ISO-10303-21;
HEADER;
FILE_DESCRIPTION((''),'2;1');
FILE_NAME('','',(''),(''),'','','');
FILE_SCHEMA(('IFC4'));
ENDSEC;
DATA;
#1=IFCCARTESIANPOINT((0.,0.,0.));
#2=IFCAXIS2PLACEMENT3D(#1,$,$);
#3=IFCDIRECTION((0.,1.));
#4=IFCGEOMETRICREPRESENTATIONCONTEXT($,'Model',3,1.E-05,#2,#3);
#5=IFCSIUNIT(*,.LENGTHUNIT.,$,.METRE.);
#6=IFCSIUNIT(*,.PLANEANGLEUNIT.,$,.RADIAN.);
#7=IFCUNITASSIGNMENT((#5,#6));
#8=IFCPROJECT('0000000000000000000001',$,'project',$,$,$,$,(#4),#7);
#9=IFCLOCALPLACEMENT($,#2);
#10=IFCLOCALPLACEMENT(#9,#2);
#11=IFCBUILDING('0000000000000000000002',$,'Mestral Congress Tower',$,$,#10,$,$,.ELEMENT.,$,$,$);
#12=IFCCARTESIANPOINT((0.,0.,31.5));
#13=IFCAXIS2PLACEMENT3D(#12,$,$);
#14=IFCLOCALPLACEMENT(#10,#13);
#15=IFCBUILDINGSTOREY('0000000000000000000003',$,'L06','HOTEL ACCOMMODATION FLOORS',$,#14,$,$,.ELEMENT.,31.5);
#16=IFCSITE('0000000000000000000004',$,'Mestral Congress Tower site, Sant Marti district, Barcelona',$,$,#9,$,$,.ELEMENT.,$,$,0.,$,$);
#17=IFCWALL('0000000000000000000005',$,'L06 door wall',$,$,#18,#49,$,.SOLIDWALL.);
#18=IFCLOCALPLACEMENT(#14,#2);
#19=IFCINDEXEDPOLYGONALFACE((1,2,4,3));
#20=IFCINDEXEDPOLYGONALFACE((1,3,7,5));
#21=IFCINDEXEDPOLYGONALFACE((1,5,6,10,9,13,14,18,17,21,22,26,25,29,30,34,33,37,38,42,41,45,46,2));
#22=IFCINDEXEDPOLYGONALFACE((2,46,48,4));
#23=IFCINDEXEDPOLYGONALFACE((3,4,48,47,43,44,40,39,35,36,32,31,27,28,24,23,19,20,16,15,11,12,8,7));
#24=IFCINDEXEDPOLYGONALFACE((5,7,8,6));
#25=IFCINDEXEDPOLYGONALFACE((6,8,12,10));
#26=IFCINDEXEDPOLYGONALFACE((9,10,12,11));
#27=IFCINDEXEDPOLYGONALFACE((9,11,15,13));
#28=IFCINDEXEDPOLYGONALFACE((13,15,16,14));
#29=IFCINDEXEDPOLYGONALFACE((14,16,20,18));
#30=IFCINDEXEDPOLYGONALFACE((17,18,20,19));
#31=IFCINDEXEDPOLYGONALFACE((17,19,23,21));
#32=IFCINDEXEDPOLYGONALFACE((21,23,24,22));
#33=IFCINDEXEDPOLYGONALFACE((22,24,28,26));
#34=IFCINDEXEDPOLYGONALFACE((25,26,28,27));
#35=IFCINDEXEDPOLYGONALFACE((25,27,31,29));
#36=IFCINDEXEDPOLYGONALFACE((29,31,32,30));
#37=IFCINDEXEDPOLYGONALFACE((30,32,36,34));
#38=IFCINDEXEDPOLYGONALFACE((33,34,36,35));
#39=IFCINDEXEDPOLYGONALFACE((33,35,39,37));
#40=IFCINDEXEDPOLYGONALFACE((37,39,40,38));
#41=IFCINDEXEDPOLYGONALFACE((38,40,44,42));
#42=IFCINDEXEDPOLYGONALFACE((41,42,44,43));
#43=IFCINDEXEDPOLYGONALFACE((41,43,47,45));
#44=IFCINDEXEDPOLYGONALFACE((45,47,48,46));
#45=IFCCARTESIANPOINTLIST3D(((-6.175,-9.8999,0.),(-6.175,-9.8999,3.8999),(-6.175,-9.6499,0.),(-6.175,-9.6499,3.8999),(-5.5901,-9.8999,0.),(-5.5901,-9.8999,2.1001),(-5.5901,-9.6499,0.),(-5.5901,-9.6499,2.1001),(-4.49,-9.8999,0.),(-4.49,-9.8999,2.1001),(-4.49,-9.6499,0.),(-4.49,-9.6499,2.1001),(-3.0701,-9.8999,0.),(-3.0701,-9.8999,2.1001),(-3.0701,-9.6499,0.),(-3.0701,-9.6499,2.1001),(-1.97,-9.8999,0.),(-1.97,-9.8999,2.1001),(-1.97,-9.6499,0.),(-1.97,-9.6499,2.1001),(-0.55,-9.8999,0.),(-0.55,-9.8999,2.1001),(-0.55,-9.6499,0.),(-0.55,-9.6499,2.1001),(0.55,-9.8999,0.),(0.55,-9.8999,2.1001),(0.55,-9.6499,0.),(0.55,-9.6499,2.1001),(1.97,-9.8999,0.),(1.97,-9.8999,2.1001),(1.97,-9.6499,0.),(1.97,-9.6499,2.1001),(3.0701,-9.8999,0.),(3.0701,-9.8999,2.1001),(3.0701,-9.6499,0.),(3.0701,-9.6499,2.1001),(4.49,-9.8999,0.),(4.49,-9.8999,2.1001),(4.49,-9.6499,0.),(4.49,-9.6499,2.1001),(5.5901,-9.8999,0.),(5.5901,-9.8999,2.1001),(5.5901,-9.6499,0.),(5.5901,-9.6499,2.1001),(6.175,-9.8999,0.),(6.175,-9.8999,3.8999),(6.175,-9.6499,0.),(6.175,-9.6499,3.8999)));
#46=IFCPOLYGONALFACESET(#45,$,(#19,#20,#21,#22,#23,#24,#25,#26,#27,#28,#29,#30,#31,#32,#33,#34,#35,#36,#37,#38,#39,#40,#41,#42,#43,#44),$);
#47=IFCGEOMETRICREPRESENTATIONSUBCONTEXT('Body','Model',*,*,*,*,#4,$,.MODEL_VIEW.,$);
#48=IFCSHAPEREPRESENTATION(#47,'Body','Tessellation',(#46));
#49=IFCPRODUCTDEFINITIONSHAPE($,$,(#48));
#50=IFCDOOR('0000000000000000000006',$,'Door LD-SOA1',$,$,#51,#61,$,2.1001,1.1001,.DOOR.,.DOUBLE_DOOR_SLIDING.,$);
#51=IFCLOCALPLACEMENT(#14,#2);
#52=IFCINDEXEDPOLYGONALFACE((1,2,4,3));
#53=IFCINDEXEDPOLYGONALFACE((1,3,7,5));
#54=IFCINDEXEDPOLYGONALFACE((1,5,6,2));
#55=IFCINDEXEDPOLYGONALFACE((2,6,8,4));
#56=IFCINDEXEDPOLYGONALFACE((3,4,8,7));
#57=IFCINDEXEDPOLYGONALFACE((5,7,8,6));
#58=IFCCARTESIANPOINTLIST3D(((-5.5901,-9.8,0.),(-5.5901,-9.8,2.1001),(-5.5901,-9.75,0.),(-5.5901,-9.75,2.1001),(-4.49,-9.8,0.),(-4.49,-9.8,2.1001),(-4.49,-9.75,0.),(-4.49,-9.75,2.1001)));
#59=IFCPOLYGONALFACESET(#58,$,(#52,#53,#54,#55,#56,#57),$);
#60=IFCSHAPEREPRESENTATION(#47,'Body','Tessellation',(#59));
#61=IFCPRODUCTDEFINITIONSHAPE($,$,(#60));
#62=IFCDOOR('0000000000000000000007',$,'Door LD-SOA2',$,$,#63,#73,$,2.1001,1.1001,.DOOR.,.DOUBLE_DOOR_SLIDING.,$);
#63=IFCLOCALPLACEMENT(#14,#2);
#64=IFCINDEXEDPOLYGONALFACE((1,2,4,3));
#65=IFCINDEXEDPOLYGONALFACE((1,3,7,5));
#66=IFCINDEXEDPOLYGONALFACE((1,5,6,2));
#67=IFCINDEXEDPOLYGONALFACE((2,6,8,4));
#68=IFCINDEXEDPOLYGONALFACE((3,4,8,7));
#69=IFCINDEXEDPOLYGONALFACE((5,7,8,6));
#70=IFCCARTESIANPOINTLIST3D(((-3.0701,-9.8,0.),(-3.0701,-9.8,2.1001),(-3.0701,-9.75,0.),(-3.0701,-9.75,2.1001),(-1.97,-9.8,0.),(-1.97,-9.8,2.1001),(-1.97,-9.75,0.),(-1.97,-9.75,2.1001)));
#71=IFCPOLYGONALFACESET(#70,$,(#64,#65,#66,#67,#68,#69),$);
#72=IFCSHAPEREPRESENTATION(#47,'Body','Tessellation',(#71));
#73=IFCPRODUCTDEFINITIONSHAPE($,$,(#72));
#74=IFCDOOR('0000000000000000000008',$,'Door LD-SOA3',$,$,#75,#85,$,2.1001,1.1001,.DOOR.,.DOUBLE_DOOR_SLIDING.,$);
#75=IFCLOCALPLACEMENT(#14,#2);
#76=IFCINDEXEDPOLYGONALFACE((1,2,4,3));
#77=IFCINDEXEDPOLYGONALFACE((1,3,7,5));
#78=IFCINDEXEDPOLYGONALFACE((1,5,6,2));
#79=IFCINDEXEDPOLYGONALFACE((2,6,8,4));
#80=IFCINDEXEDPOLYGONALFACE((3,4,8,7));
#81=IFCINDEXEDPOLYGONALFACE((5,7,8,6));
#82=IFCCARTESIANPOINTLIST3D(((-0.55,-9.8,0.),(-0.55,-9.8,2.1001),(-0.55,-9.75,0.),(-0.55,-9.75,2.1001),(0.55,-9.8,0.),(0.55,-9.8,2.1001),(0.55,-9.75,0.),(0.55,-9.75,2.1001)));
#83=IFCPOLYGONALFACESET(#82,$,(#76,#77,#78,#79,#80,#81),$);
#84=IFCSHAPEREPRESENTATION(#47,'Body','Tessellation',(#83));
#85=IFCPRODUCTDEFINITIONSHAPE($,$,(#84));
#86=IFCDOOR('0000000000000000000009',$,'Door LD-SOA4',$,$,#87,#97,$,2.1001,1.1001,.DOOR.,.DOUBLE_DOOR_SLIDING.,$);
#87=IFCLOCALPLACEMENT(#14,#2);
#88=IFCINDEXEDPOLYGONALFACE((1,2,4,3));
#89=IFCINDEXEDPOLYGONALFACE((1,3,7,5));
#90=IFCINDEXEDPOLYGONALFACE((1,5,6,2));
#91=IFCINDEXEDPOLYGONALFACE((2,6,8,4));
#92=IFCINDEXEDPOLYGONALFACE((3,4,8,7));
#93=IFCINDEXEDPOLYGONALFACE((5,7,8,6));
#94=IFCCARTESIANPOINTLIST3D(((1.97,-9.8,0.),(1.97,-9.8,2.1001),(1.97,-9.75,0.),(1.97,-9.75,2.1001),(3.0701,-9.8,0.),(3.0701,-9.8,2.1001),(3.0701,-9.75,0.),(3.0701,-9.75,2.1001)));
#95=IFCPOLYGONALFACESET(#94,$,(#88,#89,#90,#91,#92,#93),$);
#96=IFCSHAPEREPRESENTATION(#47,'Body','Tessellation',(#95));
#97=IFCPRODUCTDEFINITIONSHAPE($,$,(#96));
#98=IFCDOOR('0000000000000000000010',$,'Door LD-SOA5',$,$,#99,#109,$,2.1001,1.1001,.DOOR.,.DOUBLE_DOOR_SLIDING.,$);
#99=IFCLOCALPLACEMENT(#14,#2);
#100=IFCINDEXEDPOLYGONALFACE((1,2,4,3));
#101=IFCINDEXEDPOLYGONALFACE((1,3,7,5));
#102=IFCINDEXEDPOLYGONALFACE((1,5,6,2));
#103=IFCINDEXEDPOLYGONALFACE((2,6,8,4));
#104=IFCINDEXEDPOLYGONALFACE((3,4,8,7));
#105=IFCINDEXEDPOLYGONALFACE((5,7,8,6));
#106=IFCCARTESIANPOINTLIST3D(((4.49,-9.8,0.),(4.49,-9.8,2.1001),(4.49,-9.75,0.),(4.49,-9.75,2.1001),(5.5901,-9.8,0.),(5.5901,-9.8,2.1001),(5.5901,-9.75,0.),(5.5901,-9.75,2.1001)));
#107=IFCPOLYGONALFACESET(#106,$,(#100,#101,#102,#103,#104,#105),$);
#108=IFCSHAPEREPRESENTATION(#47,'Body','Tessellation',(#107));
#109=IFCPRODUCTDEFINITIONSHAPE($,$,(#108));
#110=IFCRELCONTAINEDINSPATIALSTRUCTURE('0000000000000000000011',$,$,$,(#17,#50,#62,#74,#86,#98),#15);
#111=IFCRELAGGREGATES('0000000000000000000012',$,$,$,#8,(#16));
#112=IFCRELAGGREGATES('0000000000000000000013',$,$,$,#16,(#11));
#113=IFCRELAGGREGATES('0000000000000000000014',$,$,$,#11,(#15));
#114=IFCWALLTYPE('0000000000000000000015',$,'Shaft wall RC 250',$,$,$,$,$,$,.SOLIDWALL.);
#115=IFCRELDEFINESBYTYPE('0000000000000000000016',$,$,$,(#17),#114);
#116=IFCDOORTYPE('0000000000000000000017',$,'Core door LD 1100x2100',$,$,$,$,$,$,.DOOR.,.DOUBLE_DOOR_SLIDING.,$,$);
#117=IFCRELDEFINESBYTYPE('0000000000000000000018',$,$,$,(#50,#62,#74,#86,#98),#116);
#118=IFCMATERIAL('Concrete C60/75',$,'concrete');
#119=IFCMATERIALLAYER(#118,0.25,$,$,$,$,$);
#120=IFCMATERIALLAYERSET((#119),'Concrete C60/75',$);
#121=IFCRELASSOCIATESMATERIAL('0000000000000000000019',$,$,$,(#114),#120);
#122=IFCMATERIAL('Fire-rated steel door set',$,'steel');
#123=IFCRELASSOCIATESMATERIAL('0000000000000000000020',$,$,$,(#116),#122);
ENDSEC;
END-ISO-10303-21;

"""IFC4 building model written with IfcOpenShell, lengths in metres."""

from ifc_helpers import new_model, si_unit, direction, frame, frame_2d, origin, place, context, subcontext, project, spatial, rectangle, extrude, material, layer, layer_set, type_object, element, fill, save


model = new_model("IFC4")

# Units and contexts
model_context = context("Model", 3, precision=1e-05, world=origin(), true_north=direction((0.0, 1.0)))
body_context = subcontext(model_context, "Body", "Model", "MODEL_VIEW")
ifc_project = project(units=[si_unit("LENGTHUNIT", "METRE"), si_unit("PLANEANGLEUNIT", "RADIAN")], contexts=[model_context])

# Site, building, storey
site_placement = place(None, origin())
site = spatial("IfcSite", under=ifc_project, at=site_placement, Name="Mestral Congress Tower site, Sant Marti district, Barcelona", CompositionType="ELEMENT", RefElevation=0.0)
building_placement = place(site_placement, origin())
building = spatial("IfcBuilding", under=site, at=building_placement, Name="Mestral Congress Tower", CompositionType="ELEMENT")
storey_placement = place(building_placement, frame((0.0, 0.0, 31.5)))
storey = spatial("IfcBuildingStorey", under=building, at=storey_placement, Name="L06", Description="HOTEL ACCOMMODATION FLOORS", CompositionType="ELEMENT", Elevation=31.5)

# Shared definitions
ifc_material_1 = material(Name="Fire-rated steel door set", Category="steel")

# Shared definitions
ifc_material_2 = material(Name="Concrete C60/75", Category="concrete")
ifc_layer_1 = layer(ifc_material_2, 0.25)
ifc_layer_set_1 = layer_set([ifc_layer_1], Name="Concrete C60/75")
wall_type_1 = type_object("IfcWallType", Name="Shaft wall RC 250", PredefinedType="SOLIDWALL", material=ifc_layer_set_1)

# Wall, openings, doors
wall_1_placement = place(storey_placement, frame((-6.175, -9.7749, 0.0), z_axis=(0.0, 0.0, 1.0), x_axis=(1.0, 0.0, 0.0)))
wall_1 = element("IfcWall", 1, at=wall_1_placement, inside=storey, type_object=wall_type_1, Name="L06 door wall", PredefinedType="SOLIDWALL", context=body_context, shape_type="SweptSolid", body=[
    extrude(rectangle(XDim=12.3501, YDim=0.25, at=frame_2d((6.175, 0.0))), origin(), (0.0, 0.0, 1.0), 3.8999),
])
opening_1_placement = place(wall_1_placement, frame((0.585, 0.0, 0.0)))
opening_1 = element("IfcOpeningElement", 2, at=opening_1_placement, cuts=wall_1, PredefinedType="OPENING", context=body_context, shape_type="SweptSolid", body=[
    extrude(rectangle(XDim=1.1001, YDim=2.1001, at=frame_2d((0.55, 1.05))), frame((0.0, 0.135, 0.0), z_axis=(0.0, -1.0, 0.0), x_axis=(1.0, 0.0, 0.0)), (0.0, 0.0, 1.0), 0.27),
])
opening_2_placement = place(wall_1_placement, frame((3.105, 0.0, 0.0)))
opening_2 = element("IfcOpeningElement", 3, at=opening_2_placement, cuts=wall_1, PredefinedType="OPENING", context=body_context, shape_type="SweptSolid", body=[
    extrude(rectangle(XDim=1.1001, YDim=2.1001, at=frame_2d((0.55, 1.05))), frame((0.0, 0.135, 0.0), z_axis=(0.0, -1.0, 0.0), x_axis=(1.0, 0.0, 0.0)), (0.0, 0.0, 1.0), 0.27),
])
opening_3_placement = place(wall_1_placement, frame((5.625, 0.0, 0.0)))
opening_3 = element("IfcOpeningElement", 4, at=opening_3_placement, cuts=wall_1, PredefinedType="OPENING", context=body_context, shape_type="SweptSolid", body=[
    extrude(rectangle(XDim=1.1001, YDim=2.1001, at=frame_2d((0.55, 1.05))), frame((0.0, 0.135, 0.0), z_axis=(0.0, -1.0, 0.0), x_axis=(1.0, 0.0, 0.0)), (0.0, 0.0, 1.0), 0.27),
])
opening_4_placement = place(wall_1_placement, frame((8.145, 0.0, 0.0)))
opening_4 = element("IfcOpeningElement", 5, at=opening_4_placement, cuts=wall_1, PredefinedType="OPENING", context=body_context, shape_type="SweptSolid", body=[
    extrude(rectangle(XDim=1.1001, YDim=2.1001, at=frame_2d((0.55, 1.05))), frame((0.0, 0.135, 0.0), z_axis=(0.0, -1.0, 0.0), x_axis=(1.0, 0.0, 0.0)), (0.0, 0.0, 1.0), 0.27),
])
opening_5_placement = place(wall_1_placement, frame((10.665, 0.0, 0.0)))
opening_5 = element("IfcOpeningElement", 6, at=opening_5_placement, cuts=wall_1, PredefinedType="OPENING", context=body_context, shape_type="SweptSolid", body=[
    extrude(rectangle(XDim=1.1001, YDim=2.1001, at=frame_2d((0.55, 1.05))), frame((0.0, 0.135, 0.0), z_axis=(0.0, -1.0, 0.0), x_axis=(1.0, 0.0, 0.0)), (0.0, 0.0, 1.0), 0.27),
])
door_type_1 = type_object("IfcDoorType", Name="Core door LD 1100x2100", OperationType="DOUBLE_DOOR_SLIDING", PredefinedType="DOOR", material=ifc_material_1)
door_1_placement = place(opening_1_placement, origin())
door_1 = element("IfcDoor", 7, at=door_1_placement, inside=storey, type_object=door_type_1, Name="Door LD-SOA1", OperationType="DOUBLE_DOOR_SLIDING", OverallHeight=2.1001, OverallWidth=1.1001, PredefinedType="DOOR", context=body_context, shape_type="SweptSolid", body=[
    extrude(rectangle(XDim=1.1001, YDim=2.1001, at=frame_2d((0.55, 1.05))), frame((0.0, 0.0249, 0.0), z_axis=(0.0, -1.0, 0.0), x_axis=(1.0, 0.0, 0.0)), (0.0, 0.0, 1.0), 0.05),
])
fill(opening_1, door_1)
door_2_placement = place(opening_2_placement, origin())
door_2 = element("IfcDoor", 8, at=door_2_placement, inside=storey, type_object=door_type_1, Name="Door LD-SOA2", OperationType="DOUBLE_DOOR_SLIDING", OverallHeight=2.1001, OverallWidth=1.1001, PredefinedType="DOOR", context=body_context, shape_type="SweptSolid", body=[
    extrude(rectangle(XDim=1.1001, YDim=2.1001, at=frame_2d((0.55, 1.05))), frame((0.0, 0.0249, 0.0), z_axis=(0.0, -1.0, 0.0), x_axis=(1.0, 0.0, 0.0)), (0.0, 0.0, 1.0), 0.05),
])
fill(opening_2, door_2)
door_3_placement = place(opening_3_placement, origin())
door_3 = element("IfcDoor", 9, at=door_3_placement, inside=storey, type_object=door_type_1, Name="Door LD-SOA3", OperationType="DOUBLE_DOOR_SLIDING", OverallHeight=2.1001, OverallWidth=1.1001, PredefinedType="DOOR", context=body_context, shape_type="SweptSolid", body=[
    extrude(rectangle(XDim=1.1001, YDim=2.1001, at=frame_2d((0.55, 1.05))), frame((0.0, 0.0249, 0.0), z_axis=(0.0, -1.0, 0.0), x_axis=(1.0, 0.0, 0.0)), (0.0, 0.0, 1.0), 0.05),
])
fill(opening_3, door_3)
door_4_placement = place(opening_4_placement, origin())
door_4 = element("IfcDoor", 10, at=door_4_placement, inside=storey, type_object=door_type_1, Name="Door LD-SOA4", OperationType="DOUBLE_DOOR_SLIDING", OverallHeight=2.1001, OverallWidth=1.1001, PredefinedType="DOOR", context=body_context, shape_type="SweptSolid", body=[
    extrude(rectangle(XDim=1.1001, YDim=2.1001, at=frame_2d((0.55, 1.05))), frame((0.0, 0.0249, 0.0), z_axis=(0.0, -1.0, 0.0), x_axis=(1.0, 0.0, 0.0)), (0.0, 0.0, 1.0), 0.05),
])
fill(opening_4, door_4)
door_5_placement = place(opening_5_placement, origin())
door_5 = element("IfcDoor", 11, at=door_5_placement, inside=storey, type_object=door_type_1, Name="Door LD-SOA5", OperationType="DOUBLE_DOOR_SLIDING", OverallHeight=2.1001, OverallWidth=1.1001, PredefinedType="DOOR", context=body_context, shape_type="SweptSolid", body=[
    extrude(rectangle(XDim=1.1001, YDim=2.1001, at=frame_2d((0.55, 1.05))), frame((0.0, 0.0249, 0.0), z_axis=(0.0, -1.0, 0.0), x_axis=(1.0, 0.0, 0.0)), (0.0, 0.0, 1.0), 0.05),
])
fill(opening_5, door_5)

save(model, "model.ifc")
